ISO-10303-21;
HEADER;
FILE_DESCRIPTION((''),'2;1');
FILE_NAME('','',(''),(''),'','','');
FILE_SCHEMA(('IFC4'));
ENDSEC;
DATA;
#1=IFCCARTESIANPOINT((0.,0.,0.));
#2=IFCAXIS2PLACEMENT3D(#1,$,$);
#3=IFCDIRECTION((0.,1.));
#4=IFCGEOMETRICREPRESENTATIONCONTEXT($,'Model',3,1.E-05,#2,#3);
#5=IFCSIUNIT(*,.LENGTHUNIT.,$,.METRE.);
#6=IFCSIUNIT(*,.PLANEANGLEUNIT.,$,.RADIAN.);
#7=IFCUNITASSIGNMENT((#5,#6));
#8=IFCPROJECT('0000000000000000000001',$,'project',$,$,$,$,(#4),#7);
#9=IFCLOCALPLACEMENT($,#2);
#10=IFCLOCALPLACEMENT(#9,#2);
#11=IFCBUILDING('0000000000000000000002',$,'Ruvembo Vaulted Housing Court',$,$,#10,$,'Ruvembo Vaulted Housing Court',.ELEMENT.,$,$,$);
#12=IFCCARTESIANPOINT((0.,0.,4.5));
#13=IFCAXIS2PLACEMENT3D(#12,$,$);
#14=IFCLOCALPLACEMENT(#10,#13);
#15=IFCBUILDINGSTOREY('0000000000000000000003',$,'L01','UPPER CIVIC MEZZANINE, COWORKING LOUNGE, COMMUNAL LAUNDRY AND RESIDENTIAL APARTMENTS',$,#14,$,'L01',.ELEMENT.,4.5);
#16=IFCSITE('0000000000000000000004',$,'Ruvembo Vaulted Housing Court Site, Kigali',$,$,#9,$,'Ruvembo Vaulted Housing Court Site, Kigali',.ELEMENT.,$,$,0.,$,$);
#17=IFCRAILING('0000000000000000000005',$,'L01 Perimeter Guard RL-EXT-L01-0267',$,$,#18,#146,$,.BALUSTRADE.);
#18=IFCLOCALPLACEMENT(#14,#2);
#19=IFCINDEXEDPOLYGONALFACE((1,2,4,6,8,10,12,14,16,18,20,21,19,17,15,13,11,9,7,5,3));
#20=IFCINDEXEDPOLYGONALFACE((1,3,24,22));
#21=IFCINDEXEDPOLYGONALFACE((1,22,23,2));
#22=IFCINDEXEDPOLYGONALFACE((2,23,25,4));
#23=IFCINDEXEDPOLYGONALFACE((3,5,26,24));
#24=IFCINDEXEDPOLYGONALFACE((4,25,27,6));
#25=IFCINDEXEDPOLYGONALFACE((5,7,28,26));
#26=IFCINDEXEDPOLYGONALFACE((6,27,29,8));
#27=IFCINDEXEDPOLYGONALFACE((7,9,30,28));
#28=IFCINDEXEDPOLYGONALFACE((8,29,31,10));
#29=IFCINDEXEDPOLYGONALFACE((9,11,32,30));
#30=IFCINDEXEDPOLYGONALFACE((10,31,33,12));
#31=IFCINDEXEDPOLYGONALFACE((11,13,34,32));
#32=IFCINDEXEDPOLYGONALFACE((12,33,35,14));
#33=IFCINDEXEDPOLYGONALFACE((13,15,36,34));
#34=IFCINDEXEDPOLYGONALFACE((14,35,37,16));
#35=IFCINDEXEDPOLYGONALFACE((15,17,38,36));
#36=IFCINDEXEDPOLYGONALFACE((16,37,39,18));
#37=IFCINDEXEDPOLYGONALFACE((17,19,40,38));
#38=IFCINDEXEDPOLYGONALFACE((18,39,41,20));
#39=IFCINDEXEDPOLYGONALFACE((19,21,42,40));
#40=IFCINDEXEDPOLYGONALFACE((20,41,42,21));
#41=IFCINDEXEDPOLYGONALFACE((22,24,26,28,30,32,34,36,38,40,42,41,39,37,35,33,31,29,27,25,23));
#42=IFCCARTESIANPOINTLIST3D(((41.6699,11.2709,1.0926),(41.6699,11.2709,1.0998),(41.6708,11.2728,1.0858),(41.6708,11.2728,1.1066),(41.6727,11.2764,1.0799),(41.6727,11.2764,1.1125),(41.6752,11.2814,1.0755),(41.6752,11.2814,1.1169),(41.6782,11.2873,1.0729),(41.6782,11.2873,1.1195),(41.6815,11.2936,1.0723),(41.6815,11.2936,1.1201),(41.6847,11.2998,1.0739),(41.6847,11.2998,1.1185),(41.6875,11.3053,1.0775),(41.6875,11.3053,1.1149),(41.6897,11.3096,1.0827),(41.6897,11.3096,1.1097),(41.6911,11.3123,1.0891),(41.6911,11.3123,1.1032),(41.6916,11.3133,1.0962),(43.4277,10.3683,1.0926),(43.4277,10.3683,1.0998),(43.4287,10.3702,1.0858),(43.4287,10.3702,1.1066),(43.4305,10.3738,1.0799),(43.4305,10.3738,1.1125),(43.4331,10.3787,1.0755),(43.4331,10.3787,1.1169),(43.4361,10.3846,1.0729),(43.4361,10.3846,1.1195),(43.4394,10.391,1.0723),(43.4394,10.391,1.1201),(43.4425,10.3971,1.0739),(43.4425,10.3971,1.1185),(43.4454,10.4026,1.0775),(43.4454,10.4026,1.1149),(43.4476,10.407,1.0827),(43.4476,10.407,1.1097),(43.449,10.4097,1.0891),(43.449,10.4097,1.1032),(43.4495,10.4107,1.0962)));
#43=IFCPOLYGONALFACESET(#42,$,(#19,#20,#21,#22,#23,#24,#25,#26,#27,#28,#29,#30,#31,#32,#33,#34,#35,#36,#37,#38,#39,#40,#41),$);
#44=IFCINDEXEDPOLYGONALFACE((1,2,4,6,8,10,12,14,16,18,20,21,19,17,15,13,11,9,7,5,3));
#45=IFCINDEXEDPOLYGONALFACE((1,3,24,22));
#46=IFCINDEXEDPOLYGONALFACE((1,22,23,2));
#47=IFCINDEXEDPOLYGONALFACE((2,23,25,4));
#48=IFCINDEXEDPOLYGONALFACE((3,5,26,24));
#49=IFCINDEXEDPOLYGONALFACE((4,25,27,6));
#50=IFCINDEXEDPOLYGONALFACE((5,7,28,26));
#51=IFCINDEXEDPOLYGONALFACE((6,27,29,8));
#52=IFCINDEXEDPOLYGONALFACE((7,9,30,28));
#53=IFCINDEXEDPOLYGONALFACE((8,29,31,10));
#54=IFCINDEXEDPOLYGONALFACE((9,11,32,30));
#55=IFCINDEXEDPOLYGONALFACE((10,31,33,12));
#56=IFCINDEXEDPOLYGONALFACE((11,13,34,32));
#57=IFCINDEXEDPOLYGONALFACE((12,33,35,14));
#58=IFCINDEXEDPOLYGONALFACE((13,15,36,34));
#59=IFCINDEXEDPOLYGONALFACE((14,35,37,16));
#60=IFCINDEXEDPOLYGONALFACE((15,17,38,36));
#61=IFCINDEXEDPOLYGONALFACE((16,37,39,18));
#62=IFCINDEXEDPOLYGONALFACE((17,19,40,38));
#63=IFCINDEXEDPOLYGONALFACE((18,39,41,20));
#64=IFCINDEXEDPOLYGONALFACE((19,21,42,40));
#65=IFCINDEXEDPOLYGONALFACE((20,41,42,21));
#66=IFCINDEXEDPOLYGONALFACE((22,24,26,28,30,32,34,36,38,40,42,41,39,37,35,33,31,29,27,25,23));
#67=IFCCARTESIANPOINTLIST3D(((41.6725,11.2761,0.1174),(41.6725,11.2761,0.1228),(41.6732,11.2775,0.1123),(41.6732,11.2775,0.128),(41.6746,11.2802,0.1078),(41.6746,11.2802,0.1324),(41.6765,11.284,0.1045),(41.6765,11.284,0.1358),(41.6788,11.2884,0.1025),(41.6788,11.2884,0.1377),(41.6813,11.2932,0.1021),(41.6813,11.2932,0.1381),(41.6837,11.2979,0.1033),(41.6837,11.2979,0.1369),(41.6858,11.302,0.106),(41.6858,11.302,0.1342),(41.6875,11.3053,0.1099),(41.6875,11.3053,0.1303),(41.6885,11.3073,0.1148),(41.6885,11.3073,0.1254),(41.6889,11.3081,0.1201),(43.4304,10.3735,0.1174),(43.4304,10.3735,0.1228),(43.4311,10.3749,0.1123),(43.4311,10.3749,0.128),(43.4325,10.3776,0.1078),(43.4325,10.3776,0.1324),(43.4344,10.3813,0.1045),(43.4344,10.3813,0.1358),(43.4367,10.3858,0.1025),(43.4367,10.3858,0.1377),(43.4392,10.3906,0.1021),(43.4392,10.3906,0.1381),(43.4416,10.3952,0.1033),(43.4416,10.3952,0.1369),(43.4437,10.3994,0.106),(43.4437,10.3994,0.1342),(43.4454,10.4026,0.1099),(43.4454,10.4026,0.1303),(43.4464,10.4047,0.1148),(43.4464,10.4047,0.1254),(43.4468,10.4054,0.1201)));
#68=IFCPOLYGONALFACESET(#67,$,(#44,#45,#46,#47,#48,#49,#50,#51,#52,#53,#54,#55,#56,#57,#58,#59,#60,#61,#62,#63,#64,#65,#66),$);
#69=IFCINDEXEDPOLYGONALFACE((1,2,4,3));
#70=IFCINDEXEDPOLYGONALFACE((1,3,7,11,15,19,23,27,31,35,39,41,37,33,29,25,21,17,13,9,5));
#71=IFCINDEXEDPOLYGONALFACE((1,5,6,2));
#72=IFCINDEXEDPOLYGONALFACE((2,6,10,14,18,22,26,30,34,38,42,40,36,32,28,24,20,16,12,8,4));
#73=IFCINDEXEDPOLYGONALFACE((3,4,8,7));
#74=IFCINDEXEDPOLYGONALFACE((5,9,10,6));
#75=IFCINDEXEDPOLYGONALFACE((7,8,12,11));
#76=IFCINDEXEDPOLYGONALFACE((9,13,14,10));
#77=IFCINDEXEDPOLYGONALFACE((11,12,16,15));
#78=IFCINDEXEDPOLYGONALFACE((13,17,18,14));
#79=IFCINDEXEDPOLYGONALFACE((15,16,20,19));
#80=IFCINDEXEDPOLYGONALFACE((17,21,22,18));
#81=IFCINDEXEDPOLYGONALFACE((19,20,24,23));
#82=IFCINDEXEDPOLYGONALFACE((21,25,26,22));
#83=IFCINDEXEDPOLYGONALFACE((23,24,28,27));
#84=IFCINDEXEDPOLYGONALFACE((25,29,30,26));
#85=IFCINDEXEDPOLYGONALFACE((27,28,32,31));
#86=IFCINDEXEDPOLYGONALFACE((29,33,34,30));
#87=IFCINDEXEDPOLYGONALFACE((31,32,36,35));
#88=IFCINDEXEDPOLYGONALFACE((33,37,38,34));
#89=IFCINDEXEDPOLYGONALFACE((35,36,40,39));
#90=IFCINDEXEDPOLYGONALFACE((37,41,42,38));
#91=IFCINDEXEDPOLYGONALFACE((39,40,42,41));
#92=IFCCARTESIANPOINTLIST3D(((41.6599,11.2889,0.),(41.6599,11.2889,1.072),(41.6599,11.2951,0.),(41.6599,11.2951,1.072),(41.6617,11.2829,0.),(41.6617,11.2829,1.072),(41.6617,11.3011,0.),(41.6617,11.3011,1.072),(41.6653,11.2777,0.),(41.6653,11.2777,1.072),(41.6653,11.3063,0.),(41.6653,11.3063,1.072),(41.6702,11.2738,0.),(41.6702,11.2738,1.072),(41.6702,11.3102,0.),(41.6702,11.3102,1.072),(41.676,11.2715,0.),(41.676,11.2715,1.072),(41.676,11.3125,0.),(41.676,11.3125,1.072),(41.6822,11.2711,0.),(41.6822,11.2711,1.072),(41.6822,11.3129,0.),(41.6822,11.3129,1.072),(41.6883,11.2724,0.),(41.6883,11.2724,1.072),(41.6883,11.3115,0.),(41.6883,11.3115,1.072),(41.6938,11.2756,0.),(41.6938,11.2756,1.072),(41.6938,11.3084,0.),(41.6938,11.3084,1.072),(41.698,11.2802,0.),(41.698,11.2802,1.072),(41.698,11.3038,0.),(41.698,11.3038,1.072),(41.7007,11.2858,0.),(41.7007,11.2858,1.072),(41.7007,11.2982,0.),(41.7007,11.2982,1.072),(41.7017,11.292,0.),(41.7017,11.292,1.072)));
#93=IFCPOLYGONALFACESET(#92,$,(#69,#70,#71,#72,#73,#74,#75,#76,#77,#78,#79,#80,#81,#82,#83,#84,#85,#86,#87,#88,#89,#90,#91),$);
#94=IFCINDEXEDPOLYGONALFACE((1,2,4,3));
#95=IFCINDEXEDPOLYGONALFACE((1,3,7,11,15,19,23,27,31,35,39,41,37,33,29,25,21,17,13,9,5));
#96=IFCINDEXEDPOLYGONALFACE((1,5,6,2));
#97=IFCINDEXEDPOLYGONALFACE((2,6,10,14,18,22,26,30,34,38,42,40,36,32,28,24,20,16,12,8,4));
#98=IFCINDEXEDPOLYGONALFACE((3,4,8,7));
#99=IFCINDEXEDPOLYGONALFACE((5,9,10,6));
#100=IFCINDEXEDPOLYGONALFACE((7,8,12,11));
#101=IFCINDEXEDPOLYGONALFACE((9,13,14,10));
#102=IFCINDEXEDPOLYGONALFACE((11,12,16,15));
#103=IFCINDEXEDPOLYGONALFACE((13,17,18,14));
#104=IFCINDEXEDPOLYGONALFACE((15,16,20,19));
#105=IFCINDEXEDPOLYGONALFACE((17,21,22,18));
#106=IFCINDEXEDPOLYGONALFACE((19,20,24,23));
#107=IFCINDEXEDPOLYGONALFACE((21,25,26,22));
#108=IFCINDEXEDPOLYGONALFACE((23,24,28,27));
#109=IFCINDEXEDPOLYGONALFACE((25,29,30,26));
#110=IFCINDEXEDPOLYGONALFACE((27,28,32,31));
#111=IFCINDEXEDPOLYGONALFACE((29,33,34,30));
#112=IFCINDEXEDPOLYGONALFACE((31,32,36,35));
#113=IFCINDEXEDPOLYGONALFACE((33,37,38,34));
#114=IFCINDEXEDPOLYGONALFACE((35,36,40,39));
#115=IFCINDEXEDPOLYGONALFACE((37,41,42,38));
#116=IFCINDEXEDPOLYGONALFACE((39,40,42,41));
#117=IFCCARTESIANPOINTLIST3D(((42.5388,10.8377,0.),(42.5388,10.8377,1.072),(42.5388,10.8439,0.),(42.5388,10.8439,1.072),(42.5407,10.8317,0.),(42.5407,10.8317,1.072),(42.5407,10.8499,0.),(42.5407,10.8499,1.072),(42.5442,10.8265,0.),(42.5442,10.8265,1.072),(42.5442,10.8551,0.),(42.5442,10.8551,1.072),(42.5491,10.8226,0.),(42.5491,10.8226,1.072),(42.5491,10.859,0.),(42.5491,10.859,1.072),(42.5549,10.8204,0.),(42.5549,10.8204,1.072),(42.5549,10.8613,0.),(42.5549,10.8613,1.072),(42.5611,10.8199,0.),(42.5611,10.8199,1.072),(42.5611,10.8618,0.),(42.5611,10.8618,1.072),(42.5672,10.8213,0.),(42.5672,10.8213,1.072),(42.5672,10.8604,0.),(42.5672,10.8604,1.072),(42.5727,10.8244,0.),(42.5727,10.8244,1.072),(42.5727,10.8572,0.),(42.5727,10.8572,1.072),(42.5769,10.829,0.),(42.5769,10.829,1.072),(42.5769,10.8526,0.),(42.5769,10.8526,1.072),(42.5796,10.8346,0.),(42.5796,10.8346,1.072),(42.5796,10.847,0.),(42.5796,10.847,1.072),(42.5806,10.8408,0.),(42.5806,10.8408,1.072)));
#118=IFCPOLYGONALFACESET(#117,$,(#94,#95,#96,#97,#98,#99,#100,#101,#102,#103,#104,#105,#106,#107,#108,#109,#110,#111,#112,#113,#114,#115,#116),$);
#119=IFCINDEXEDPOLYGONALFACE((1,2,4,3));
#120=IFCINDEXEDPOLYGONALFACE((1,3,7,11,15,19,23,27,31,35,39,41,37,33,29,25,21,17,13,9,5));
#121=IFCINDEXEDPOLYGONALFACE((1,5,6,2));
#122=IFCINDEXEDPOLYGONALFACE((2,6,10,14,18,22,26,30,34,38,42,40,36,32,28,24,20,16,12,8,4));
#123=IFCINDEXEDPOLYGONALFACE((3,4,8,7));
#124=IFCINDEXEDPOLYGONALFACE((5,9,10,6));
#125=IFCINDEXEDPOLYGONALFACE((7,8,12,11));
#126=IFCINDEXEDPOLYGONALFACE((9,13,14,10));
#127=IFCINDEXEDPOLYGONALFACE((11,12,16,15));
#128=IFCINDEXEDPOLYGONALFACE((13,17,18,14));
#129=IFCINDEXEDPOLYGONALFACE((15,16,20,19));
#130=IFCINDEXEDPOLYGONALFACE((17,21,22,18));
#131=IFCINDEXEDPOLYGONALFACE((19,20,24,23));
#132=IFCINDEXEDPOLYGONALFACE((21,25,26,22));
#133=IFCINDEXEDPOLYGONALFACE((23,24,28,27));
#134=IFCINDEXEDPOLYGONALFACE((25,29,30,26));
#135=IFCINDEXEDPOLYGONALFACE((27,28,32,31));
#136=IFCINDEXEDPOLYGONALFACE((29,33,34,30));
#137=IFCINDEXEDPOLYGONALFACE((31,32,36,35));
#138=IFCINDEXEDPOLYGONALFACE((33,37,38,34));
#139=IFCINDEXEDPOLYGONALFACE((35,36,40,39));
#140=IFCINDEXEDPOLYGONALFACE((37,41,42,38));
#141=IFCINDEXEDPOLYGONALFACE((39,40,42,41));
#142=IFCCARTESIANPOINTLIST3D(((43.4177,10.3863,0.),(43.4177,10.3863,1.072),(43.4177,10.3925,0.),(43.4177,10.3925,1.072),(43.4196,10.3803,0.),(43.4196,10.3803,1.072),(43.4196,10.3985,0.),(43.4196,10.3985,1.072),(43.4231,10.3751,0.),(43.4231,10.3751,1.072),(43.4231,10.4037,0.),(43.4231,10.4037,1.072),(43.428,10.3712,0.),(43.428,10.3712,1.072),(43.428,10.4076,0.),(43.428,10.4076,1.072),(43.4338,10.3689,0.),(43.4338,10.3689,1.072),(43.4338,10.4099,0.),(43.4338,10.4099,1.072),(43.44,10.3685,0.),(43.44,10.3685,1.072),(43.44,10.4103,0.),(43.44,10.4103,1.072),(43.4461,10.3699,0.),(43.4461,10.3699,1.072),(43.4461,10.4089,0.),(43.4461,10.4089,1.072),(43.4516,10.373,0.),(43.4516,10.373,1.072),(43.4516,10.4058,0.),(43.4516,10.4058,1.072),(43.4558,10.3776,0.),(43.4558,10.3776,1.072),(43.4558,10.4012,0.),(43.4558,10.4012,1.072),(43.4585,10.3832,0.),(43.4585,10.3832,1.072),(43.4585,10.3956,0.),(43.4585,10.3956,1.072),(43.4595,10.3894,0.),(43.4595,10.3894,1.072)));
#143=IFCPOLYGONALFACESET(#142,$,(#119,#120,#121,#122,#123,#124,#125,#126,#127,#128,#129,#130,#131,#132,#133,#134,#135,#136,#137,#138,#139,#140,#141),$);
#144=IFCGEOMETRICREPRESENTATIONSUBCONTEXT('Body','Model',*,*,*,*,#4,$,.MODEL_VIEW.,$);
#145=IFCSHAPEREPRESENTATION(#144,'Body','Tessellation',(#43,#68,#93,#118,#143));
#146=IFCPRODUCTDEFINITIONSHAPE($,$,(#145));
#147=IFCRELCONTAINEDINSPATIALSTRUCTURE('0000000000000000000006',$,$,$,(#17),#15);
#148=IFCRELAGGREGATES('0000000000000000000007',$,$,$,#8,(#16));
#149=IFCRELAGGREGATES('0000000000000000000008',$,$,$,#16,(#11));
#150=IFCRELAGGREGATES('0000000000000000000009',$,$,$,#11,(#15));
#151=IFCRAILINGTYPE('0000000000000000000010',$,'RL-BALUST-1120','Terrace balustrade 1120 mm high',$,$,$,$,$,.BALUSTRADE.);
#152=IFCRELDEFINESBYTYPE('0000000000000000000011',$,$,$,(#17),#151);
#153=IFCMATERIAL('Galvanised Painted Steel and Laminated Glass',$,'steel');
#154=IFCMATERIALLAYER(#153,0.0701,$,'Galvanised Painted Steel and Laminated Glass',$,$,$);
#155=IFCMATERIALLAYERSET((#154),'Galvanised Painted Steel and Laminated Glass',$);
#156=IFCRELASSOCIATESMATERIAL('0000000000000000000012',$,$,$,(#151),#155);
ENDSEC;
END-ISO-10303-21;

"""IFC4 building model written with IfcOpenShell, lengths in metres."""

from ifc_helpers import new_model, si_unit, direction, frame, origin, origin_2d, place, context, subcontext, project, spatial, circle, extrude, material, layer, layer_set, type_object, element, save


model = new_model("IFC4")

# Units and contexts
model_context = context("Model", 3, precision=1e-05, world=origin(), true_north=direction((0.0, 1.0)))
body_context = subcontext(model_context, "Body", "Model", "MODEL_VIEW")
ifc_project = project(units=[si_unit("LENGTHUNIT", "METRE"), si_unit("PLANEANGLEUNIT", "RADIAN")], contexts=[model_context])

# Site, building, storey
site_placement = place(None, origin())
site = spatial("IfcSite", under=ifc_project, at=site_placement, Name="Ruvembo Vaulted Housing Court Site, Kigali", LongName="Ruvembo Vaulted Housing Court Site, Kigali", CompositionType="ELEMENT", RefElevation=0.0)
building_placement = place(site_placement, origin())
building = spatial("IfcBuilding", under=site, at=building_placement, Name="Ruvembo Vaulted Housing Court", LongName="Ruvembo Vaulted Housing Court", CompositionType="ELEMENT")
storey_placement = place(building_placement, frame((0.0, 0.0, 4.5)))
storey = spatial("IfcBuildingStorey", under=building, at=storey_placement, Name="L01", Description="UPPER CIVIC MEZZANINE, COWORKING LOUNGE, COMMUNAL LAUNDRY AND RESIDENTIAL APARTMENTS", LongName="L01", CompositionType="ELEMENT", Elevation=4.5)

# Railing
ifc_material_1 = material(Name="Galvanised Painted Steel and Laminated Glass", Category="steel")
ifc_layer_1 = layer(ifc_material_1, 0.0701, Name="Galvanised Painted Steel and Laminated Glass")
ifc_layer_set_1 = layer_set([ifc_layer_1], Name="Galvanised Painted Steel and Laminated Glass")
railing_type = type_object("IfcRailingType", Name="RL-BALUST-1120", Description="Terrace balustrade 1120 mm high", PredefinedType="BALUSTRADE", material=ifc_layer_set_1)
railing_1_placement = place(storey_placement, frame((41.6807, 11.292, 0.0)))
element("IfcRailing", 1, at=railing_1_placement, inside=storey, type_object=railing_type, Name="L01 Perimeter Guard RL-EXT-L01-0267", PredefinedType="BALUSTRADE", context=body_context, shape_type="SweptSolid", body=[
    extrude(circle(Radius=0.0239, at=origin_2d()), frame((0.0, 0.0, 1.0962), z_axis=(0.889582, -0.456776, 0.0), x_axis=(0.456776, 0.889582, 0.0)), (0.0, 0.0, 1.0), 1.9761),
    extrude(circle(Radius=0.0181, at=origin_2d()), frame((0.0, 0.0, 0.1201), z_axis=(0.889582, -0.456776, 0.0), x_axis=(0.456776, 0.889582, 0.0)), (0.0, 0.0, 1.0), 1.9761),
    extrude(circle(Radius=0.021, at=origin_2d()), origin(), (0.0, 0.0, 1.0), 1.072),
    extrude(circle(Radius=0.021, at=origin_2d()), frame((0.8789, -0.4512, 0.0)), (0.0, 0.0, 1.0), 1.072),
    extrude(circle(Radius=0.021, at=origin_2d()), frame((1.7578, -0.9026, 0.0)), (0.0, 0.0, 1.0), 1.072),
])

save(model, "model.ifc")
